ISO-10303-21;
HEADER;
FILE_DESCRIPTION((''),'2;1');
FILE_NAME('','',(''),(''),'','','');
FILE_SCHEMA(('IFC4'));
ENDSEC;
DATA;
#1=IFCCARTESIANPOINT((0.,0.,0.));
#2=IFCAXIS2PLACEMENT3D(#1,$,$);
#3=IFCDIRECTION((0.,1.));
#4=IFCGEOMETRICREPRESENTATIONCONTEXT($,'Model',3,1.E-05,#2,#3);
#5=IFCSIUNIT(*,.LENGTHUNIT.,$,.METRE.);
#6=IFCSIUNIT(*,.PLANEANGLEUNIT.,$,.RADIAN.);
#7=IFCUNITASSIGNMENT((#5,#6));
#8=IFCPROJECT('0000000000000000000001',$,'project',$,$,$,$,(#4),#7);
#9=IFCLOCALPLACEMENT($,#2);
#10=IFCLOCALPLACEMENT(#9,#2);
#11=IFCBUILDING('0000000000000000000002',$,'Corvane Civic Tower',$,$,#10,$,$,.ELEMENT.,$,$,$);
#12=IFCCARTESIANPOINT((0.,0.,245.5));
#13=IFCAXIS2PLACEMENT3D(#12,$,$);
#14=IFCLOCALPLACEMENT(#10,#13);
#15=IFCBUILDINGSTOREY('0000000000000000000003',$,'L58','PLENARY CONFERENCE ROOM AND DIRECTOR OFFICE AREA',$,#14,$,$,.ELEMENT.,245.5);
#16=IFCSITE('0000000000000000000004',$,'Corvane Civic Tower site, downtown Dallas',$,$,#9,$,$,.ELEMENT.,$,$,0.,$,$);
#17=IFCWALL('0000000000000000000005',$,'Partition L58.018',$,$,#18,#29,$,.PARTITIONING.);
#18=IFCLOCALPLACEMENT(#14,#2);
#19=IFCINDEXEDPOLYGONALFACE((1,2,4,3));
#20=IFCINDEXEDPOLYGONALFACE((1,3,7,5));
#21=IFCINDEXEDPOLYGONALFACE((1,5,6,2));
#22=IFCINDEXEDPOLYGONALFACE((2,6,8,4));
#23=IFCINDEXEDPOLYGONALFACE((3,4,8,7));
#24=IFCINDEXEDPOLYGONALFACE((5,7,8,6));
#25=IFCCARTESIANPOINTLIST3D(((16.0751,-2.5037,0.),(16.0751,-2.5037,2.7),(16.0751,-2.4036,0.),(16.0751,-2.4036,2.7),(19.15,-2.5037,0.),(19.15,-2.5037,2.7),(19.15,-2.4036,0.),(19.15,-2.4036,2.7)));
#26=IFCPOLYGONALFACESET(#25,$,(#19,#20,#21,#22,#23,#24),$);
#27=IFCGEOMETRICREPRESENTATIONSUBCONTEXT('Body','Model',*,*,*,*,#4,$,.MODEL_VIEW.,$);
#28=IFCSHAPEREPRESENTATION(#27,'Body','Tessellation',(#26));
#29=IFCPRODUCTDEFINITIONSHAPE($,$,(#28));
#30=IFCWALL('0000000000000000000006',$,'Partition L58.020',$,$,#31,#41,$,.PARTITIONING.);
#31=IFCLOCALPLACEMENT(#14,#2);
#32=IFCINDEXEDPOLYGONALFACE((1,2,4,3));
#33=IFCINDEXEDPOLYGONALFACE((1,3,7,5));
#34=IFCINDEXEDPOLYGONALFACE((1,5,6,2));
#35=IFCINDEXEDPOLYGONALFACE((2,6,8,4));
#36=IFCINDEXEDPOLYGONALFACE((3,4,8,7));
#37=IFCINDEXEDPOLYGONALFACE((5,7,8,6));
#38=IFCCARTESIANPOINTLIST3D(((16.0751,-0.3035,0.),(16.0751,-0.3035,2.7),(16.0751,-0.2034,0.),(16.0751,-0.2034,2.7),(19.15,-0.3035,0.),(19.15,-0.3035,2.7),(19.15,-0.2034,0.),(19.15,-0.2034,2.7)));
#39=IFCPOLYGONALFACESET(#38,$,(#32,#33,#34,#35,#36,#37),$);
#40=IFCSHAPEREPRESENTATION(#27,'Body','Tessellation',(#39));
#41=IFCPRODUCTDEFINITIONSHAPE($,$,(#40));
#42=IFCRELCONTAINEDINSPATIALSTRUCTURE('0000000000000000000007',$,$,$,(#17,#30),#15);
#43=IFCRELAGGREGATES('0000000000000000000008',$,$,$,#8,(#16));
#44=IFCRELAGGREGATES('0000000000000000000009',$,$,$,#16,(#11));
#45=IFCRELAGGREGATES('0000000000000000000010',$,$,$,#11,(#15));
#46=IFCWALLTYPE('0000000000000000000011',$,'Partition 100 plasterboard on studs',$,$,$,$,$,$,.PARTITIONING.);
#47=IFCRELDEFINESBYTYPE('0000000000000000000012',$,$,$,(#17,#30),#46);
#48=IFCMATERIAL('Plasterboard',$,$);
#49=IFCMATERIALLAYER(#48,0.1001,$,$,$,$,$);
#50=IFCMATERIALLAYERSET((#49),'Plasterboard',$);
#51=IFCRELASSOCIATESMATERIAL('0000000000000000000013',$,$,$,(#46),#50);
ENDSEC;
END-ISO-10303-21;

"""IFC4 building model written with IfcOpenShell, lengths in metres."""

from ifc_helpers import new_model, si_unit, direction, frame, frame_2d, origin, place, context, subcontext, project, spatial, rectangle, extrude, material, layer, layer_set, type_object, element, save


model = new_model("IFC4")

# Units and contexts
model_context = context("Model", 3, precision=1e-05, world=origin(), true_north=direction((0.0, 1.0)))
body_context = subcontext(model_context, "Body", "Model", "MODEL_VIEW")
ifc_project = project(units=[si_unit("LENGTHUNIT", "METRE"), si_unit("PLANEANGLEUNIT", "RADIAN")], contexts=[model_context])

# Site, building, storey
site_placement = place(None, origin())
site = spatial("IfcSite", under=ifc_project, at=site_placement, Name="Corvane Civic Tower site, downtown Dallas", CompositionType="ELEMENT", RefElevation=0.0)
building_placement = place(site_placement, origin())
building = spatial("IfcBuilding", under=site, at=building_placement, Name="Corvane Civic Tower", CompositionType="ELEMENT")
storey_placement = place(building_placement, frame((0.0, 0.0, 245.5)))
storey = spatial("IfcBuildingStorey", under=building, at=storey_placement, Name="L58", Description="PLENARY CONFERENCE ROOM AND DIRECTOR OFFICE AREA", CompositionType="ELEMENT", Elevation=245.5)

# Shared definitions
ifc_material_1 = material(Name="Plasterboard")
ifc_layer_1 = layer(ifc_material_1, 0.1001)
ifc_layer_set_1 = layer_set([ifc_layer_1], Name="Plasterboard")
wall_type = type_object("IfcWallType", Name="Partition 100 plasterboard on studs", PredefinedType="PARTITIONING", material=ifc_layer_set_1)

# Walls
for number, where, z_axis, x_axis, name in (
    (1, (16.075, -2.4536, 0.0), (0.0, 0.0, 1.0), (1.0, 0.0, 0.0), "Partition L58.018"),
    (2, (16.075, -0.2534, 0.0), (0.0, 0.0, 1.0), (1.0, 0.0, 0.0), "Partition L58.020"),
):
    element("IfcWall", number, at=place(storey_placement, frame(where, z_axis=z_axis, x_axis=x_axis)), inside=storey, type_object=wall_type, Name=name, PredefinedType="PARTITIONING", context=body_context, shape_type="SweptSolid", body=[
        extrude(rectangle(XDim=3.075, YDim=0.1001, at=frame_2d((1.5376, 0.0))), origin(), (0.0, 0.0, 1.0), 2.7),
    ])

save(model, "model.ifc")
